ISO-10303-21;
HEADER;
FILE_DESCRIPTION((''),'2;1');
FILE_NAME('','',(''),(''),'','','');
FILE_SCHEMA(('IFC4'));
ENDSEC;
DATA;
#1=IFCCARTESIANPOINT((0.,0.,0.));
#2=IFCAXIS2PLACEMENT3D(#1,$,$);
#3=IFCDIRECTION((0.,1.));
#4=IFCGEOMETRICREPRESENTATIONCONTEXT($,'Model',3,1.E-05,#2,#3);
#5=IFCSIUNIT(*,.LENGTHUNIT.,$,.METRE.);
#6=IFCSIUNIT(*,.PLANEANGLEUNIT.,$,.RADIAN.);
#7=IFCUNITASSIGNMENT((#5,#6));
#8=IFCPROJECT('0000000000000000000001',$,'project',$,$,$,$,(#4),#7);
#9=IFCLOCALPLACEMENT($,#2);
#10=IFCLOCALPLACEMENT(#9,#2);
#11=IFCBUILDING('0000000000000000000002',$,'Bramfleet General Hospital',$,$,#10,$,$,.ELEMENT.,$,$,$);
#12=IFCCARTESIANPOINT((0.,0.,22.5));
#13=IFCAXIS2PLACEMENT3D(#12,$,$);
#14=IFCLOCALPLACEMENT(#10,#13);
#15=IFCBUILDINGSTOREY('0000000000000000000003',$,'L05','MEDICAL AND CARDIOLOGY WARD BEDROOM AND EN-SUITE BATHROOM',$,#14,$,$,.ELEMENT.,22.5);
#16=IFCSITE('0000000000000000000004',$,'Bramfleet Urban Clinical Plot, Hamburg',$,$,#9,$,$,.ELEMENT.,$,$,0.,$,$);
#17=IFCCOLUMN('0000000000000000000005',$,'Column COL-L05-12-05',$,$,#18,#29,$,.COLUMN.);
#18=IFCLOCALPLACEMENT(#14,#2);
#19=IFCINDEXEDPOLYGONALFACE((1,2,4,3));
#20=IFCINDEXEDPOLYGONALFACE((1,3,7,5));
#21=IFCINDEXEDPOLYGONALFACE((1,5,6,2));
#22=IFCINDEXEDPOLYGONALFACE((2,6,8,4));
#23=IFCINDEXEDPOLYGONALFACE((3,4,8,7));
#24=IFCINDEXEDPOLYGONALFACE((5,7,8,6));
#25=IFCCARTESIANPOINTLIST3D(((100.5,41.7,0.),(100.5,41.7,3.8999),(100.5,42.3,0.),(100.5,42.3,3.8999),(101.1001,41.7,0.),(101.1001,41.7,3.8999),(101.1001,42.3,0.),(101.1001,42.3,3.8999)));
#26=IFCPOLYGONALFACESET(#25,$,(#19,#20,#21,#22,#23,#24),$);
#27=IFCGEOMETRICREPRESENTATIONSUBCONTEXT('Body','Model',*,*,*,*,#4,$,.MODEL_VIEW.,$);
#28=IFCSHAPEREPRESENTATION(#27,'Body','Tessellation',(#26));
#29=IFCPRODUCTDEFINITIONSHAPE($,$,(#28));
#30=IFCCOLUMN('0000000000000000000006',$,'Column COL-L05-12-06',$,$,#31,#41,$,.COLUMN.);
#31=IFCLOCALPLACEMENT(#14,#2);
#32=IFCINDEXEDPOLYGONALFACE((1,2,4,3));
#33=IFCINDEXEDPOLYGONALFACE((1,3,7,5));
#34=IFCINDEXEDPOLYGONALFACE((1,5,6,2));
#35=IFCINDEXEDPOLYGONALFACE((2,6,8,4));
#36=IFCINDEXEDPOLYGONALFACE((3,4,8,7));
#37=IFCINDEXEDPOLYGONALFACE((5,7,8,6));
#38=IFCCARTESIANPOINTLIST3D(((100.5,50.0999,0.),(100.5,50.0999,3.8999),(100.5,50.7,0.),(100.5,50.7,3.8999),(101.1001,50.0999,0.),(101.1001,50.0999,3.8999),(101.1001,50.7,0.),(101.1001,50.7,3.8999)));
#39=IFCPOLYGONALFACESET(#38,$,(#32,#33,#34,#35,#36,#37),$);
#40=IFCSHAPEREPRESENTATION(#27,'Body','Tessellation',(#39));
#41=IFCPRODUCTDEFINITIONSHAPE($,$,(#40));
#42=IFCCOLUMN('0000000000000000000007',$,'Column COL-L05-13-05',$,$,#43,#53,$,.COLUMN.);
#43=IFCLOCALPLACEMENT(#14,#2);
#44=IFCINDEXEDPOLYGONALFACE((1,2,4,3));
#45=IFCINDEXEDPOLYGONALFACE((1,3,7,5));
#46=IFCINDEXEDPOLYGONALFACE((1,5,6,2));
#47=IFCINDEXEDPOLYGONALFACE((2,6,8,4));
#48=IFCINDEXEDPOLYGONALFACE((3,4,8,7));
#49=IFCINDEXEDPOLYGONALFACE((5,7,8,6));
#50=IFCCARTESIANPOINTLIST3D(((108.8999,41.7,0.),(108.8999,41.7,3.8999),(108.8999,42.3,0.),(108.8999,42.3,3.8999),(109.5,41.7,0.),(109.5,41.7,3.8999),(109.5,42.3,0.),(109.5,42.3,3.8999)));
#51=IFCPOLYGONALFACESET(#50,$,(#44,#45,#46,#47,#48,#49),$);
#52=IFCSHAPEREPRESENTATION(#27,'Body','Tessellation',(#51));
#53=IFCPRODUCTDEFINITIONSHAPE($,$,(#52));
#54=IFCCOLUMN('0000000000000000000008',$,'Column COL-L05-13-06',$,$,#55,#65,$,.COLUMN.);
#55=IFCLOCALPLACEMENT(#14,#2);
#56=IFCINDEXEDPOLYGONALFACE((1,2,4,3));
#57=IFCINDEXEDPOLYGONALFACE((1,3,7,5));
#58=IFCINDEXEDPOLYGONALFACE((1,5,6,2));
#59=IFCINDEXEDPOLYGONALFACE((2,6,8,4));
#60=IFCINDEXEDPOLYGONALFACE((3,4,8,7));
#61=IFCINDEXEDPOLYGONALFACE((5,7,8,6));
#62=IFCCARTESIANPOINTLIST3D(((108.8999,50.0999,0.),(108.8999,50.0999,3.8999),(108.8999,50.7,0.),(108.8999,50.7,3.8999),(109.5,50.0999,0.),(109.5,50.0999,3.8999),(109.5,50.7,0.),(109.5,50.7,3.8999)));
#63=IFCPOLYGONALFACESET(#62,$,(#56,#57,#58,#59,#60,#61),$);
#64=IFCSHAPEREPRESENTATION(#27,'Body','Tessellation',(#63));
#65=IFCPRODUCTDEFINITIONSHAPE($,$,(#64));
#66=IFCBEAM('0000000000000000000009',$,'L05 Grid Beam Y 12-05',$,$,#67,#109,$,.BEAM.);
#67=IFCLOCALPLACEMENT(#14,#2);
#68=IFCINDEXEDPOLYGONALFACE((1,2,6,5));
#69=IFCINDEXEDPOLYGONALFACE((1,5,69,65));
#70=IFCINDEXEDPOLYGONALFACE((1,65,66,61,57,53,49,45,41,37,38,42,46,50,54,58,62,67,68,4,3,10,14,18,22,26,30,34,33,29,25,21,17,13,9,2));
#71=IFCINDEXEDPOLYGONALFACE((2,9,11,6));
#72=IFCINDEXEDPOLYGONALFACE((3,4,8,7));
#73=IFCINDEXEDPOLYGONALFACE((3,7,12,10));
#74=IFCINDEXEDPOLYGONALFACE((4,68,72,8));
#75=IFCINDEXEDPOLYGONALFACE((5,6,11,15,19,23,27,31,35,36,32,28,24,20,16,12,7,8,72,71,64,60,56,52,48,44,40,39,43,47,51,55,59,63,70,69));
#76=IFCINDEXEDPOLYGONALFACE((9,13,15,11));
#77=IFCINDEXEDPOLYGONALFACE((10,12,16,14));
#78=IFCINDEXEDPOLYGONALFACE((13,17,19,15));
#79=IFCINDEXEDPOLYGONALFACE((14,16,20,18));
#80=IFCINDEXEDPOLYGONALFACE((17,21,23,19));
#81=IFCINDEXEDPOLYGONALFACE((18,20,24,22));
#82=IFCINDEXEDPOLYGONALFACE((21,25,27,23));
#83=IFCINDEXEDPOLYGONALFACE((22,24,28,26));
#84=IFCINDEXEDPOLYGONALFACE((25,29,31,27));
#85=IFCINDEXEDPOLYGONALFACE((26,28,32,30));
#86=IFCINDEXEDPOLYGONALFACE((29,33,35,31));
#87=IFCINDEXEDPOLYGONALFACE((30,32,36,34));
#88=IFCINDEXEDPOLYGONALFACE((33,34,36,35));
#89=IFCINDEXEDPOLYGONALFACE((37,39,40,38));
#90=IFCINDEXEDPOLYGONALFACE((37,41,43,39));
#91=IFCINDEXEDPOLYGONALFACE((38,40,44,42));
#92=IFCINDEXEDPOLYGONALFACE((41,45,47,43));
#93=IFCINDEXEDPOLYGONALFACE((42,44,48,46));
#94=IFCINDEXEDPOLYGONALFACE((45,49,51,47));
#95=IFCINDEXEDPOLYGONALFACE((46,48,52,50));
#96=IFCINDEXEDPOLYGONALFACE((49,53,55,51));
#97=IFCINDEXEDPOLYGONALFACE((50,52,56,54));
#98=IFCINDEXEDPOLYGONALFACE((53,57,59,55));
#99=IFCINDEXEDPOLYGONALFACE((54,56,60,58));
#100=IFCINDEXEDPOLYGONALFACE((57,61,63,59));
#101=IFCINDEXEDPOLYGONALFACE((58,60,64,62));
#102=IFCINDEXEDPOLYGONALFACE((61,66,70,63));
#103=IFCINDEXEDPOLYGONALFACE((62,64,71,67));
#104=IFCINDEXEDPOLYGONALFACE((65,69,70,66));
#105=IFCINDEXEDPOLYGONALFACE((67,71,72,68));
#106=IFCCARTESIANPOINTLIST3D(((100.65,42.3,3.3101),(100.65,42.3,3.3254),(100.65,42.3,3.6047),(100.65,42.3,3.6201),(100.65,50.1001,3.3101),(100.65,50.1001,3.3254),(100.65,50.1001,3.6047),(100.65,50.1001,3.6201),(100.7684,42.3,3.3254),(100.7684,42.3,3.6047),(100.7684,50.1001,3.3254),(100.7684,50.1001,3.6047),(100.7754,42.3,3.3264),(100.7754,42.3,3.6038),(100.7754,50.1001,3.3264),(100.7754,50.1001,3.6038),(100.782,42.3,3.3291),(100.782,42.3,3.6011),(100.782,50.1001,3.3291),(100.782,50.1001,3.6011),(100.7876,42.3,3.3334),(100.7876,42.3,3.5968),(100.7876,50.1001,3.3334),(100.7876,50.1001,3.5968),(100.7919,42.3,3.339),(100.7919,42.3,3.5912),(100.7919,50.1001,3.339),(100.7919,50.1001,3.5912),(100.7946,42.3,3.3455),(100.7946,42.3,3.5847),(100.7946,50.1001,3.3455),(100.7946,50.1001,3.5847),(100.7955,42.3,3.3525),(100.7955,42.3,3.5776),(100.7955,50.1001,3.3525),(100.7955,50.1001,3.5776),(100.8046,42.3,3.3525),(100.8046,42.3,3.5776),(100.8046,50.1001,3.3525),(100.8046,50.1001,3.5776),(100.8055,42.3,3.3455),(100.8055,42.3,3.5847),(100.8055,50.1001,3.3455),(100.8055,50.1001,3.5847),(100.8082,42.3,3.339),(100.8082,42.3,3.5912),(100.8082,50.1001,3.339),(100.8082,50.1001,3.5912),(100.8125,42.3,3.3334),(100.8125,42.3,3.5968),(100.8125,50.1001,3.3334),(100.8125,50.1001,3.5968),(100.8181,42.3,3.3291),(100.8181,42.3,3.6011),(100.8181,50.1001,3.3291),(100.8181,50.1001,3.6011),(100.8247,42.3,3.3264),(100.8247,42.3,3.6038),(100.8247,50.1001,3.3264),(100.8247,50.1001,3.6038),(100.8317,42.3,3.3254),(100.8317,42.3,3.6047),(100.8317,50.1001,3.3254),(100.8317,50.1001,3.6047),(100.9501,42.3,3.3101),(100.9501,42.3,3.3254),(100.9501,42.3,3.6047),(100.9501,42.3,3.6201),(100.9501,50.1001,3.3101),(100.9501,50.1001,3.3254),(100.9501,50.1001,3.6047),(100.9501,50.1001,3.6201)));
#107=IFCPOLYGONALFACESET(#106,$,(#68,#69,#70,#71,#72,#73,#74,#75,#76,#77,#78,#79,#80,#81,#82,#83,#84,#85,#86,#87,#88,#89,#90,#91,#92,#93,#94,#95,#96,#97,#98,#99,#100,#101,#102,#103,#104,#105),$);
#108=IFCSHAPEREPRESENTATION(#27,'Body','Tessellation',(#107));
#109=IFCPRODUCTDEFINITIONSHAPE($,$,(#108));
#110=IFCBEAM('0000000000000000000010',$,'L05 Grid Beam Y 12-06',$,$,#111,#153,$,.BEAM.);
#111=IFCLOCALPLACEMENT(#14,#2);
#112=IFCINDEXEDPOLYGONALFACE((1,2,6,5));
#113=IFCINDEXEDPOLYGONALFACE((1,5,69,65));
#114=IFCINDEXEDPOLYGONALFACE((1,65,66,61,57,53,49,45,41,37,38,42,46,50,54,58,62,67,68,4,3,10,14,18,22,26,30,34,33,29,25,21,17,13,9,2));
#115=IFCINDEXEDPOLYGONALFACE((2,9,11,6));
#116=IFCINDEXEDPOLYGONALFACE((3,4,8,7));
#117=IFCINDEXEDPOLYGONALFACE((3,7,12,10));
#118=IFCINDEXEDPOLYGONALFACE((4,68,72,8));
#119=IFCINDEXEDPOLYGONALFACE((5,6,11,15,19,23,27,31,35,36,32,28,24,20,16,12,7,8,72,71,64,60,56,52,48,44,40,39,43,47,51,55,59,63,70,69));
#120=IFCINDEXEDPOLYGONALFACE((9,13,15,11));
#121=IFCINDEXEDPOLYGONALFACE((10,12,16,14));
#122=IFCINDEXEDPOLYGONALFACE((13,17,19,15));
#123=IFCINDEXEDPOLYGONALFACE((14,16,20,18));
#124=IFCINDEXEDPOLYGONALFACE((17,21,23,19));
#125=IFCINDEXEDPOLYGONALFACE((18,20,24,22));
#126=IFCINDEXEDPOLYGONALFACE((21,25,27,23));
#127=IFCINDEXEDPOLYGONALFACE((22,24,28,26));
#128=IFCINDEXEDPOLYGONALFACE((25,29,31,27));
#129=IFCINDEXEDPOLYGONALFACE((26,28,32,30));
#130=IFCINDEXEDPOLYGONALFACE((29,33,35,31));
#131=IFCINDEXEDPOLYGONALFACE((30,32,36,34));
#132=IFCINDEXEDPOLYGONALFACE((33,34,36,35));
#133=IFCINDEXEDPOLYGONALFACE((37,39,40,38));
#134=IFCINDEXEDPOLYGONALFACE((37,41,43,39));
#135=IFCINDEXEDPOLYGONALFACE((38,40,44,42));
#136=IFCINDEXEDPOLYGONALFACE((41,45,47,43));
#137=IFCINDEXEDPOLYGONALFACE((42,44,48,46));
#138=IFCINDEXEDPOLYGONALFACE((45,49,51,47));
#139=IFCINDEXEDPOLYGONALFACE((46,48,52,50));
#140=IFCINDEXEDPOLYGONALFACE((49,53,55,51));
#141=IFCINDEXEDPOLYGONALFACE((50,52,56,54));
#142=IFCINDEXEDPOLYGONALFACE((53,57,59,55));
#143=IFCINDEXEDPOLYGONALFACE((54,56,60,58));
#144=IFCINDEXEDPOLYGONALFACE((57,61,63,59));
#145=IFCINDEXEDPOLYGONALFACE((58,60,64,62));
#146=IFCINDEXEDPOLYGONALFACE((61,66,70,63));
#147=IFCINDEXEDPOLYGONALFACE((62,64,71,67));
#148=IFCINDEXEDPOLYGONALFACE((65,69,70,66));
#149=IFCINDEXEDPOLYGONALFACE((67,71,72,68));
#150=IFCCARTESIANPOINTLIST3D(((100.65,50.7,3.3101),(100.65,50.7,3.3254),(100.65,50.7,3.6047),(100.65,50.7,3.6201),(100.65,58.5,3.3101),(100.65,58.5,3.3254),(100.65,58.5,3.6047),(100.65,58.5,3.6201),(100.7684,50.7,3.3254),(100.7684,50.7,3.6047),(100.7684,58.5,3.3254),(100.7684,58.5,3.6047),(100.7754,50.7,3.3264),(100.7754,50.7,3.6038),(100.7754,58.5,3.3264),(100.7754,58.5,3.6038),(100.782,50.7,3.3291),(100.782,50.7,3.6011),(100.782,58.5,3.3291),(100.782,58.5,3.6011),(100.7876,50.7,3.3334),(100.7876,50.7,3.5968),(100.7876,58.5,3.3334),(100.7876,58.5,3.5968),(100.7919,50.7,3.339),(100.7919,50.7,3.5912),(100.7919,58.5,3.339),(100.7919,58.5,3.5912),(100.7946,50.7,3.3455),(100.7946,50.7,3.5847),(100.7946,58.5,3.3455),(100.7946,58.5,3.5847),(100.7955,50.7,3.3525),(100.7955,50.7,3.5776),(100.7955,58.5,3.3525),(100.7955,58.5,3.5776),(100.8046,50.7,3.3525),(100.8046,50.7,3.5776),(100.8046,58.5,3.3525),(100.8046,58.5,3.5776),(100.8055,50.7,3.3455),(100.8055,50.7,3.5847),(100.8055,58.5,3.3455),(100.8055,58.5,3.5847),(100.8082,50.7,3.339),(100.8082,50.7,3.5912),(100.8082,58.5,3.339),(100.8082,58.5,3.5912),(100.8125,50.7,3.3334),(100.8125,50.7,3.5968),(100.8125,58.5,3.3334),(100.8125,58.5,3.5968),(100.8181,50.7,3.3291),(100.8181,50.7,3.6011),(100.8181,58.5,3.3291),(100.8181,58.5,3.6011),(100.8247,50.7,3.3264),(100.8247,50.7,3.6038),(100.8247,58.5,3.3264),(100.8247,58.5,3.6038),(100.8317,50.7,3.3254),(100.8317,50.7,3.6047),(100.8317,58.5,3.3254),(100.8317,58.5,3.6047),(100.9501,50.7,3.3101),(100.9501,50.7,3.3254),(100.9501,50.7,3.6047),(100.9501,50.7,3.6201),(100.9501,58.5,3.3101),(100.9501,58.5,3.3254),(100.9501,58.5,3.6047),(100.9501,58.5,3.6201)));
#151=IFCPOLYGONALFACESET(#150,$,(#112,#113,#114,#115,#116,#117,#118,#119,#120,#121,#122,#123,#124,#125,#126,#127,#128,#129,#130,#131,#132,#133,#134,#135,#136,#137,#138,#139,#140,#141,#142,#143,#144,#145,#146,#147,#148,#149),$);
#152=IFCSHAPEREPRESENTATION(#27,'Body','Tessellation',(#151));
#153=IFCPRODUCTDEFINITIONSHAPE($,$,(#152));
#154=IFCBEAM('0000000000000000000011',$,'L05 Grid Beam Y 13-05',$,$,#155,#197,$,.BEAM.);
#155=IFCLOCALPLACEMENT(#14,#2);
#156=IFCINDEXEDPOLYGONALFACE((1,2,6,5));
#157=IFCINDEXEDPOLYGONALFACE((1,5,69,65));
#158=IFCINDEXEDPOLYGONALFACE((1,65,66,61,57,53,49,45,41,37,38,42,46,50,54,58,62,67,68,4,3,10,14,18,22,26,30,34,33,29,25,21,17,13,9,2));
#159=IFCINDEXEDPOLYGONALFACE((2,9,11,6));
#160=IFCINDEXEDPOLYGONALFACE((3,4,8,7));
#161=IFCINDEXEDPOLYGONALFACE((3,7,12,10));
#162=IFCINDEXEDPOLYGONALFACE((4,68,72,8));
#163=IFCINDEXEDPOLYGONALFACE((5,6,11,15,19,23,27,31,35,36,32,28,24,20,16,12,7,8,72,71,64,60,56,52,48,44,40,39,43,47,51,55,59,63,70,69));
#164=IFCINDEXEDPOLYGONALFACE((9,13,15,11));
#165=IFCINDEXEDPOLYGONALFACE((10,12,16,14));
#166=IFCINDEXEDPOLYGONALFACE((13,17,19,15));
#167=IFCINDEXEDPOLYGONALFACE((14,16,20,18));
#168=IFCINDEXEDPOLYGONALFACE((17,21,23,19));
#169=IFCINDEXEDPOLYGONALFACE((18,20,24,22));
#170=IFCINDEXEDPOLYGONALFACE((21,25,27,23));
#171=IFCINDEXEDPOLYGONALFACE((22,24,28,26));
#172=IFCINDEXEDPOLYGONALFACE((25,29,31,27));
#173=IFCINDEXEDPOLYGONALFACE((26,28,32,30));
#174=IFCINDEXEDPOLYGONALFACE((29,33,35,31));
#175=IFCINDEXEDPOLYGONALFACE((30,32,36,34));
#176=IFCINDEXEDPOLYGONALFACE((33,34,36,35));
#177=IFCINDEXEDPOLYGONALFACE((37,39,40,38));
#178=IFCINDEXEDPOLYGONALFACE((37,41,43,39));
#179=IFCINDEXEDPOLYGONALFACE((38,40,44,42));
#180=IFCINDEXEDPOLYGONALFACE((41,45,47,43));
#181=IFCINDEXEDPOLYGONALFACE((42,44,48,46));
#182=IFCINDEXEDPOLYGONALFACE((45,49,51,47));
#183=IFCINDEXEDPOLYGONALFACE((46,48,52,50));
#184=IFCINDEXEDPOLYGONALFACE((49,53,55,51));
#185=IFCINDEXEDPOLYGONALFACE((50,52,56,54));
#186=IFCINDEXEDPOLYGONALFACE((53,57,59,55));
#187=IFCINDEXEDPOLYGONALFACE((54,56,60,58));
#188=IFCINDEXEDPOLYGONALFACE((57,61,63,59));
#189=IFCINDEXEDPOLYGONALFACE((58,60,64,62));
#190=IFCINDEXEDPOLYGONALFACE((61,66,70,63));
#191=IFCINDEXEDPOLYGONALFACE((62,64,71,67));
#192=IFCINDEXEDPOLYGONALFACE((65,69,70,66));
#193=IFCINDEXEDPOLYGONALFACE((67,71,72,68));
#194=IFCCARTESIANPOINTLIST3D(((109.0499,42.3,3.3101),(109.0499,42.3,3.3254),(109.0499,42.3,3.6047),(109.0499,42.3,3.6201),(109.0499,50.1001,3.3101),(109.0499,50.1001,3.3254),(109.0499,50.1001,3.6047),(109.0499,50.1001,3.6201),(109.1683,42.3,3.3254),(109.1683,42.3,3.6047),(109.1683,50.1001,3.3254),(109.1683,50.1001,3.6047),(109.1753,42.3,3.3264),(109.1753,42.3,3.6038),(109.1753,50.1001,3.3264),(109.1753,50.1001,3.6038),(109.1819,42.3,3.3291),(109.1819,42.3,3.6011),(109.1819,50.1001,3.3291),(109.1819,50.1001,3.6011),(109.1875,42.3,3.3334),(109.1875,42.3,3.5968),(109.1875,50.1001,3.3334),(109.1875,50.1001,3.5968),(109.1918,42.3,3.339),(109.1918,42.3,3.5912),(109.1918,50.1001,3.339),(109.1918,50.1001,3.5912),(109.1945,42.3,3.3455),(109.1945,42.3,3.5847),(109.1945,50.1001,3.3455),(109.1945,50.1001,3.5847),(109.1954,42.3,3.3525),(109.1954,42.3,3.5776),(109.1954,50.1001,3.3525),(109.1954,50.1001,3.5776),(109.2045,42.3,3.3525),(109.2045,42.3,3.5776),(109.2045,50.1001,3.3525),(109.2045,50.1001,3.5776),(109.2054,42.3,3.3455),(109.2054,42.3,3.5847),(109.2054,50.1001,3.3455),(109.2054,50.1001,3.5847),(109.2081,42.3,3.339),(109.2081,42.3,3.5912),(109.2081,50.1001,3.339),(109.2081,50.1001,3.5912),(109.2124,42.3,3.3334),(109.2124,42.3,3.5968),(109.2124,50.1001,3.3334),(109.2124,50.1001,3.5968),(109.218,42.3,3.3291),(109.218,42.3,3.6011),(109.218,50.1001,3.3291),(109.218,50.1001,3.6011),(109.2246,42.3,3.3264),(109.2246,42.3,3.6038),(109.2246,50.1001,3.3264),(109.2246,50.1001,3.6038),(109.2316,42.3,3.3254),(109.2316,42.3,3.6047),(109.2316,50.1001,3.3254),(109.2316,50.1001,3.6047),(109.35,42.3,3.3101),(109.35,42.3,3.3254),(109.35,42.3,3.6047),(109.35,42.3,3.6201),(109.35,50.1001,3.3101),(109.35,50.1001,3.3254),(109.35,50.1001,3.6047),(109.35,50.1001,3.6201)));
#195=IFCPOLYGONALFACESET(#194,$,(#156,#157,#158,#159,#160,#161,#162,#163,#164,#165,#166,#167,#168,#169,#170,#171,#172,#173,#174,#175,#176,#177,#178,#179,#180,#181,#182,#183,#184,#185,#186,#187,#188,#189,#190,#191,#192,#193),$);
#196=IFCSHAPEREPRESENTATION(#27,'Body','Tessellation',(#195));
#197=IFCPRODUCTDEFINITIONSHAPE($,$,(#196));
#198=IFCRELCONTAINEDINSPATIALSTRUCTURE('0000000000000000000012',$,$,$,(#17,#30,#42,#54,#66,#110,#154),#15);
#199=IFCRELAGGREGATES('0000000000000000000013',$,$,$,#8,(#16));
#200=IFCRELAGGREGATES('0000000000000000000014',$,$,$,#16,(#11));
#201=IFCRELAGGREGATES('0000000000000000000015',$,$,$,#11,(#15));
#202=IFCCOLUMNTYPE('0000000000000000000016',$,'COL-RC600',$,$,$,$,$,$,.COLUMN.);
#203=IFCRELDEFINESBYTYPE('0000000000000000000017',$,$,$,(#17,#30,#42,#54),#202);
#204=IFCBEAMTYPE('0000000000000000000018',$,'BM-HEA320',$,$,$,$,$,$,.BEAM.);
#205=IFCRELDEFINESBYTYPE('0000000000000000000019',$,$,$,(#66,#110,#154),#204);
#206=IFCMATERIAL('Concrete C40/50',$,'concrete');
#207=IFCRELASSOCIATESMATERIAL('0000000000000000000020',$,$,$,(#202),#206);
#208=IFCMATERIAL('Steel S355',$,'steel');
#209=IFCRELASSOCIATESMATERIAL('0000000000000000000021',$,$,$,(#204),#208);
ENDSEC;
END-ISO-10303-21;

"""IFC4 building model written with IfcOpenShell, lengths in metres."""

from ifc_helpers import new_model, si_unit, direction, frame, origin, origin_2d, place, context, subcontext, project, spatial, rectangle, i_section, extrude, material, material_profile, profile_set, type_object, element, save


model = new_model("IFC4")

# Units and contexts
model_context = context("Model", 3, precision=1e-05, world=origin(), true_north=direction((0.0, 1.0)))
body_context = subcontext(model_context, "Body", "Model", "MODEL_VIEW")
ifc_project = project(units=[si_unit("LENGTHUNIT", "METRE"), si_unit("PLANEANGLEUNIT", "RADIAN")], contexts=[model_context])

# Site, building, storey
site_placement = place(None, origin())
site = spatial("IfcSite", under=ifc_project, at=site_placement, Name="Bramfleet Urban Clinical Plot, Hamburg", CompositionType="ELEMENT", RefElevation=0.0)
building_placement = place(site_placement, origin())
building = spatial("IfcBuilding", under=site, at=building_placement, Name="Bramfleet General Hospital", CompositionType="ELEMENT")
storey_placement = place(building_placement, frame((0.0, 0.0, 22.5)))
storey = spatial("IfcBuildingStorey", under=building, at=storey_placement, Name="L05", Description="MEDICAL AND CARDIOLOGY WARD BEDROOM AND EN-SUITE BATHROOM", CompositionType="ELEMENT", Elevation=22.5)

# Columns
ifc_material_1 = material(Name="Concrete C40/50", Category="concrete")
ifc_material_profile_1 = material_profile(ifc_material_1, rectangle(XDim=0.6001, YDim=0.6001, at=origin_2d()), Name="RC COL 600x600")
ifc_profile_set_1 = profile_set([ifc_material_profile_1], Name="Concrete C40/50")
column_type = type_object("IfcColumnType", Name="COL-RC600", PredefinedType="COLUMN", material=ifc_profile_set_1)
for number, where, z_axis, x_axis, name in (
    (1, (100.8, 42.0, 0.0), (0.0, 0.0, 1.0), (1.0, 0.0, 0.0), "Column COL-L05-12-05"),
    (2, (100.8, 50.3999, 0.0), (0.0, 0.0, 1.0), (1.0, 0.0, 0.0), "Column COL-L05-12-06"),
    (3, (109.2, 42.0, 0.0), (0.0, 0.0, 1.0), (1.0, 0.0, 0.0), "Column COL-L05-13-05"),
    (4, (109.2, 50.3999, 0.0), (0.0, 0.0, 1.0), (1.0, 0.0, 0.0), "Column COL-L05-13-06"),
):
    element("IfcColumn", number, at=place(storey_placement, frame(where, z_axis=z_axis, x_axis=x_axis)), inside=storey, type_object=column_type, Name=name, PredefinedType="COLUMN", context=body_context, shape_type="SweptSolid", body=[
        extrude(rectangle(XDim=0.6001, YDim=0.6001, at=origin_2d()), origin(), (0.0, 0.0, 1.0), 3.8999),
    ])

# Beams
ifc_material_2 = material(Name="Steel S355", Category="steel")
ifc_material_profile_2 = material_profile(ifc_material_2, i_section(OverallWidth=0.3, OverallDepth=0.3101, WebThickness=0.009, FlangeThickness=0.0154, FilletRadius=0.0271, at=origin_2d()), Name="HEA 320")
ifc_profile_set_2 = profile_set([ifc_material_profile_2], Name="Steel S355")
beam_type_1 = type_object("IfcBeamType", Name="BM-HEA320", PredefinedType="BEAM", material=ifc_profile_set_2)
for number, where, z_axis, x_axis, name in (
    (5, (100.8, 42.3, 3.4651), (0.0, 1.0, 0.0), (-1.0, 0.0, 0.0), "L05 Grid Beam Y 12-05"),
    (6, (100.8, 50.7, 3.4651), (0.0, 1.0, 0.0), (-1.0, 0.0, 0.0), "L05 Grid Beam Y 12-06"),
    (7, (109.2, 42.3, 3.4651), (0.0, 1.0, 0.0), (-1.0, 0.0, 0.0), "L05 Grid Beam Y 13-05"),
):
    element("IfcBeam", number, at=place(storey_placement, frame(where, z_axis=z_axis, x_axis=x_axis)), inside=storey, type_object=beam_type_1, Name=name, PredefinedType="BEAM", context=body_context, shape_type="SweptSolid", body=[
        extrude(i_section(OverallWidth=0.3, OverallDepth=0.3101, WebThickness=0.009, FlangeThickness=0.0154, FilletRadius=0.0271, at=origin_2d()), origin(), (0.0, 0.0, 1.0), 7.8),
    ])

save(model, "model.ifc")
